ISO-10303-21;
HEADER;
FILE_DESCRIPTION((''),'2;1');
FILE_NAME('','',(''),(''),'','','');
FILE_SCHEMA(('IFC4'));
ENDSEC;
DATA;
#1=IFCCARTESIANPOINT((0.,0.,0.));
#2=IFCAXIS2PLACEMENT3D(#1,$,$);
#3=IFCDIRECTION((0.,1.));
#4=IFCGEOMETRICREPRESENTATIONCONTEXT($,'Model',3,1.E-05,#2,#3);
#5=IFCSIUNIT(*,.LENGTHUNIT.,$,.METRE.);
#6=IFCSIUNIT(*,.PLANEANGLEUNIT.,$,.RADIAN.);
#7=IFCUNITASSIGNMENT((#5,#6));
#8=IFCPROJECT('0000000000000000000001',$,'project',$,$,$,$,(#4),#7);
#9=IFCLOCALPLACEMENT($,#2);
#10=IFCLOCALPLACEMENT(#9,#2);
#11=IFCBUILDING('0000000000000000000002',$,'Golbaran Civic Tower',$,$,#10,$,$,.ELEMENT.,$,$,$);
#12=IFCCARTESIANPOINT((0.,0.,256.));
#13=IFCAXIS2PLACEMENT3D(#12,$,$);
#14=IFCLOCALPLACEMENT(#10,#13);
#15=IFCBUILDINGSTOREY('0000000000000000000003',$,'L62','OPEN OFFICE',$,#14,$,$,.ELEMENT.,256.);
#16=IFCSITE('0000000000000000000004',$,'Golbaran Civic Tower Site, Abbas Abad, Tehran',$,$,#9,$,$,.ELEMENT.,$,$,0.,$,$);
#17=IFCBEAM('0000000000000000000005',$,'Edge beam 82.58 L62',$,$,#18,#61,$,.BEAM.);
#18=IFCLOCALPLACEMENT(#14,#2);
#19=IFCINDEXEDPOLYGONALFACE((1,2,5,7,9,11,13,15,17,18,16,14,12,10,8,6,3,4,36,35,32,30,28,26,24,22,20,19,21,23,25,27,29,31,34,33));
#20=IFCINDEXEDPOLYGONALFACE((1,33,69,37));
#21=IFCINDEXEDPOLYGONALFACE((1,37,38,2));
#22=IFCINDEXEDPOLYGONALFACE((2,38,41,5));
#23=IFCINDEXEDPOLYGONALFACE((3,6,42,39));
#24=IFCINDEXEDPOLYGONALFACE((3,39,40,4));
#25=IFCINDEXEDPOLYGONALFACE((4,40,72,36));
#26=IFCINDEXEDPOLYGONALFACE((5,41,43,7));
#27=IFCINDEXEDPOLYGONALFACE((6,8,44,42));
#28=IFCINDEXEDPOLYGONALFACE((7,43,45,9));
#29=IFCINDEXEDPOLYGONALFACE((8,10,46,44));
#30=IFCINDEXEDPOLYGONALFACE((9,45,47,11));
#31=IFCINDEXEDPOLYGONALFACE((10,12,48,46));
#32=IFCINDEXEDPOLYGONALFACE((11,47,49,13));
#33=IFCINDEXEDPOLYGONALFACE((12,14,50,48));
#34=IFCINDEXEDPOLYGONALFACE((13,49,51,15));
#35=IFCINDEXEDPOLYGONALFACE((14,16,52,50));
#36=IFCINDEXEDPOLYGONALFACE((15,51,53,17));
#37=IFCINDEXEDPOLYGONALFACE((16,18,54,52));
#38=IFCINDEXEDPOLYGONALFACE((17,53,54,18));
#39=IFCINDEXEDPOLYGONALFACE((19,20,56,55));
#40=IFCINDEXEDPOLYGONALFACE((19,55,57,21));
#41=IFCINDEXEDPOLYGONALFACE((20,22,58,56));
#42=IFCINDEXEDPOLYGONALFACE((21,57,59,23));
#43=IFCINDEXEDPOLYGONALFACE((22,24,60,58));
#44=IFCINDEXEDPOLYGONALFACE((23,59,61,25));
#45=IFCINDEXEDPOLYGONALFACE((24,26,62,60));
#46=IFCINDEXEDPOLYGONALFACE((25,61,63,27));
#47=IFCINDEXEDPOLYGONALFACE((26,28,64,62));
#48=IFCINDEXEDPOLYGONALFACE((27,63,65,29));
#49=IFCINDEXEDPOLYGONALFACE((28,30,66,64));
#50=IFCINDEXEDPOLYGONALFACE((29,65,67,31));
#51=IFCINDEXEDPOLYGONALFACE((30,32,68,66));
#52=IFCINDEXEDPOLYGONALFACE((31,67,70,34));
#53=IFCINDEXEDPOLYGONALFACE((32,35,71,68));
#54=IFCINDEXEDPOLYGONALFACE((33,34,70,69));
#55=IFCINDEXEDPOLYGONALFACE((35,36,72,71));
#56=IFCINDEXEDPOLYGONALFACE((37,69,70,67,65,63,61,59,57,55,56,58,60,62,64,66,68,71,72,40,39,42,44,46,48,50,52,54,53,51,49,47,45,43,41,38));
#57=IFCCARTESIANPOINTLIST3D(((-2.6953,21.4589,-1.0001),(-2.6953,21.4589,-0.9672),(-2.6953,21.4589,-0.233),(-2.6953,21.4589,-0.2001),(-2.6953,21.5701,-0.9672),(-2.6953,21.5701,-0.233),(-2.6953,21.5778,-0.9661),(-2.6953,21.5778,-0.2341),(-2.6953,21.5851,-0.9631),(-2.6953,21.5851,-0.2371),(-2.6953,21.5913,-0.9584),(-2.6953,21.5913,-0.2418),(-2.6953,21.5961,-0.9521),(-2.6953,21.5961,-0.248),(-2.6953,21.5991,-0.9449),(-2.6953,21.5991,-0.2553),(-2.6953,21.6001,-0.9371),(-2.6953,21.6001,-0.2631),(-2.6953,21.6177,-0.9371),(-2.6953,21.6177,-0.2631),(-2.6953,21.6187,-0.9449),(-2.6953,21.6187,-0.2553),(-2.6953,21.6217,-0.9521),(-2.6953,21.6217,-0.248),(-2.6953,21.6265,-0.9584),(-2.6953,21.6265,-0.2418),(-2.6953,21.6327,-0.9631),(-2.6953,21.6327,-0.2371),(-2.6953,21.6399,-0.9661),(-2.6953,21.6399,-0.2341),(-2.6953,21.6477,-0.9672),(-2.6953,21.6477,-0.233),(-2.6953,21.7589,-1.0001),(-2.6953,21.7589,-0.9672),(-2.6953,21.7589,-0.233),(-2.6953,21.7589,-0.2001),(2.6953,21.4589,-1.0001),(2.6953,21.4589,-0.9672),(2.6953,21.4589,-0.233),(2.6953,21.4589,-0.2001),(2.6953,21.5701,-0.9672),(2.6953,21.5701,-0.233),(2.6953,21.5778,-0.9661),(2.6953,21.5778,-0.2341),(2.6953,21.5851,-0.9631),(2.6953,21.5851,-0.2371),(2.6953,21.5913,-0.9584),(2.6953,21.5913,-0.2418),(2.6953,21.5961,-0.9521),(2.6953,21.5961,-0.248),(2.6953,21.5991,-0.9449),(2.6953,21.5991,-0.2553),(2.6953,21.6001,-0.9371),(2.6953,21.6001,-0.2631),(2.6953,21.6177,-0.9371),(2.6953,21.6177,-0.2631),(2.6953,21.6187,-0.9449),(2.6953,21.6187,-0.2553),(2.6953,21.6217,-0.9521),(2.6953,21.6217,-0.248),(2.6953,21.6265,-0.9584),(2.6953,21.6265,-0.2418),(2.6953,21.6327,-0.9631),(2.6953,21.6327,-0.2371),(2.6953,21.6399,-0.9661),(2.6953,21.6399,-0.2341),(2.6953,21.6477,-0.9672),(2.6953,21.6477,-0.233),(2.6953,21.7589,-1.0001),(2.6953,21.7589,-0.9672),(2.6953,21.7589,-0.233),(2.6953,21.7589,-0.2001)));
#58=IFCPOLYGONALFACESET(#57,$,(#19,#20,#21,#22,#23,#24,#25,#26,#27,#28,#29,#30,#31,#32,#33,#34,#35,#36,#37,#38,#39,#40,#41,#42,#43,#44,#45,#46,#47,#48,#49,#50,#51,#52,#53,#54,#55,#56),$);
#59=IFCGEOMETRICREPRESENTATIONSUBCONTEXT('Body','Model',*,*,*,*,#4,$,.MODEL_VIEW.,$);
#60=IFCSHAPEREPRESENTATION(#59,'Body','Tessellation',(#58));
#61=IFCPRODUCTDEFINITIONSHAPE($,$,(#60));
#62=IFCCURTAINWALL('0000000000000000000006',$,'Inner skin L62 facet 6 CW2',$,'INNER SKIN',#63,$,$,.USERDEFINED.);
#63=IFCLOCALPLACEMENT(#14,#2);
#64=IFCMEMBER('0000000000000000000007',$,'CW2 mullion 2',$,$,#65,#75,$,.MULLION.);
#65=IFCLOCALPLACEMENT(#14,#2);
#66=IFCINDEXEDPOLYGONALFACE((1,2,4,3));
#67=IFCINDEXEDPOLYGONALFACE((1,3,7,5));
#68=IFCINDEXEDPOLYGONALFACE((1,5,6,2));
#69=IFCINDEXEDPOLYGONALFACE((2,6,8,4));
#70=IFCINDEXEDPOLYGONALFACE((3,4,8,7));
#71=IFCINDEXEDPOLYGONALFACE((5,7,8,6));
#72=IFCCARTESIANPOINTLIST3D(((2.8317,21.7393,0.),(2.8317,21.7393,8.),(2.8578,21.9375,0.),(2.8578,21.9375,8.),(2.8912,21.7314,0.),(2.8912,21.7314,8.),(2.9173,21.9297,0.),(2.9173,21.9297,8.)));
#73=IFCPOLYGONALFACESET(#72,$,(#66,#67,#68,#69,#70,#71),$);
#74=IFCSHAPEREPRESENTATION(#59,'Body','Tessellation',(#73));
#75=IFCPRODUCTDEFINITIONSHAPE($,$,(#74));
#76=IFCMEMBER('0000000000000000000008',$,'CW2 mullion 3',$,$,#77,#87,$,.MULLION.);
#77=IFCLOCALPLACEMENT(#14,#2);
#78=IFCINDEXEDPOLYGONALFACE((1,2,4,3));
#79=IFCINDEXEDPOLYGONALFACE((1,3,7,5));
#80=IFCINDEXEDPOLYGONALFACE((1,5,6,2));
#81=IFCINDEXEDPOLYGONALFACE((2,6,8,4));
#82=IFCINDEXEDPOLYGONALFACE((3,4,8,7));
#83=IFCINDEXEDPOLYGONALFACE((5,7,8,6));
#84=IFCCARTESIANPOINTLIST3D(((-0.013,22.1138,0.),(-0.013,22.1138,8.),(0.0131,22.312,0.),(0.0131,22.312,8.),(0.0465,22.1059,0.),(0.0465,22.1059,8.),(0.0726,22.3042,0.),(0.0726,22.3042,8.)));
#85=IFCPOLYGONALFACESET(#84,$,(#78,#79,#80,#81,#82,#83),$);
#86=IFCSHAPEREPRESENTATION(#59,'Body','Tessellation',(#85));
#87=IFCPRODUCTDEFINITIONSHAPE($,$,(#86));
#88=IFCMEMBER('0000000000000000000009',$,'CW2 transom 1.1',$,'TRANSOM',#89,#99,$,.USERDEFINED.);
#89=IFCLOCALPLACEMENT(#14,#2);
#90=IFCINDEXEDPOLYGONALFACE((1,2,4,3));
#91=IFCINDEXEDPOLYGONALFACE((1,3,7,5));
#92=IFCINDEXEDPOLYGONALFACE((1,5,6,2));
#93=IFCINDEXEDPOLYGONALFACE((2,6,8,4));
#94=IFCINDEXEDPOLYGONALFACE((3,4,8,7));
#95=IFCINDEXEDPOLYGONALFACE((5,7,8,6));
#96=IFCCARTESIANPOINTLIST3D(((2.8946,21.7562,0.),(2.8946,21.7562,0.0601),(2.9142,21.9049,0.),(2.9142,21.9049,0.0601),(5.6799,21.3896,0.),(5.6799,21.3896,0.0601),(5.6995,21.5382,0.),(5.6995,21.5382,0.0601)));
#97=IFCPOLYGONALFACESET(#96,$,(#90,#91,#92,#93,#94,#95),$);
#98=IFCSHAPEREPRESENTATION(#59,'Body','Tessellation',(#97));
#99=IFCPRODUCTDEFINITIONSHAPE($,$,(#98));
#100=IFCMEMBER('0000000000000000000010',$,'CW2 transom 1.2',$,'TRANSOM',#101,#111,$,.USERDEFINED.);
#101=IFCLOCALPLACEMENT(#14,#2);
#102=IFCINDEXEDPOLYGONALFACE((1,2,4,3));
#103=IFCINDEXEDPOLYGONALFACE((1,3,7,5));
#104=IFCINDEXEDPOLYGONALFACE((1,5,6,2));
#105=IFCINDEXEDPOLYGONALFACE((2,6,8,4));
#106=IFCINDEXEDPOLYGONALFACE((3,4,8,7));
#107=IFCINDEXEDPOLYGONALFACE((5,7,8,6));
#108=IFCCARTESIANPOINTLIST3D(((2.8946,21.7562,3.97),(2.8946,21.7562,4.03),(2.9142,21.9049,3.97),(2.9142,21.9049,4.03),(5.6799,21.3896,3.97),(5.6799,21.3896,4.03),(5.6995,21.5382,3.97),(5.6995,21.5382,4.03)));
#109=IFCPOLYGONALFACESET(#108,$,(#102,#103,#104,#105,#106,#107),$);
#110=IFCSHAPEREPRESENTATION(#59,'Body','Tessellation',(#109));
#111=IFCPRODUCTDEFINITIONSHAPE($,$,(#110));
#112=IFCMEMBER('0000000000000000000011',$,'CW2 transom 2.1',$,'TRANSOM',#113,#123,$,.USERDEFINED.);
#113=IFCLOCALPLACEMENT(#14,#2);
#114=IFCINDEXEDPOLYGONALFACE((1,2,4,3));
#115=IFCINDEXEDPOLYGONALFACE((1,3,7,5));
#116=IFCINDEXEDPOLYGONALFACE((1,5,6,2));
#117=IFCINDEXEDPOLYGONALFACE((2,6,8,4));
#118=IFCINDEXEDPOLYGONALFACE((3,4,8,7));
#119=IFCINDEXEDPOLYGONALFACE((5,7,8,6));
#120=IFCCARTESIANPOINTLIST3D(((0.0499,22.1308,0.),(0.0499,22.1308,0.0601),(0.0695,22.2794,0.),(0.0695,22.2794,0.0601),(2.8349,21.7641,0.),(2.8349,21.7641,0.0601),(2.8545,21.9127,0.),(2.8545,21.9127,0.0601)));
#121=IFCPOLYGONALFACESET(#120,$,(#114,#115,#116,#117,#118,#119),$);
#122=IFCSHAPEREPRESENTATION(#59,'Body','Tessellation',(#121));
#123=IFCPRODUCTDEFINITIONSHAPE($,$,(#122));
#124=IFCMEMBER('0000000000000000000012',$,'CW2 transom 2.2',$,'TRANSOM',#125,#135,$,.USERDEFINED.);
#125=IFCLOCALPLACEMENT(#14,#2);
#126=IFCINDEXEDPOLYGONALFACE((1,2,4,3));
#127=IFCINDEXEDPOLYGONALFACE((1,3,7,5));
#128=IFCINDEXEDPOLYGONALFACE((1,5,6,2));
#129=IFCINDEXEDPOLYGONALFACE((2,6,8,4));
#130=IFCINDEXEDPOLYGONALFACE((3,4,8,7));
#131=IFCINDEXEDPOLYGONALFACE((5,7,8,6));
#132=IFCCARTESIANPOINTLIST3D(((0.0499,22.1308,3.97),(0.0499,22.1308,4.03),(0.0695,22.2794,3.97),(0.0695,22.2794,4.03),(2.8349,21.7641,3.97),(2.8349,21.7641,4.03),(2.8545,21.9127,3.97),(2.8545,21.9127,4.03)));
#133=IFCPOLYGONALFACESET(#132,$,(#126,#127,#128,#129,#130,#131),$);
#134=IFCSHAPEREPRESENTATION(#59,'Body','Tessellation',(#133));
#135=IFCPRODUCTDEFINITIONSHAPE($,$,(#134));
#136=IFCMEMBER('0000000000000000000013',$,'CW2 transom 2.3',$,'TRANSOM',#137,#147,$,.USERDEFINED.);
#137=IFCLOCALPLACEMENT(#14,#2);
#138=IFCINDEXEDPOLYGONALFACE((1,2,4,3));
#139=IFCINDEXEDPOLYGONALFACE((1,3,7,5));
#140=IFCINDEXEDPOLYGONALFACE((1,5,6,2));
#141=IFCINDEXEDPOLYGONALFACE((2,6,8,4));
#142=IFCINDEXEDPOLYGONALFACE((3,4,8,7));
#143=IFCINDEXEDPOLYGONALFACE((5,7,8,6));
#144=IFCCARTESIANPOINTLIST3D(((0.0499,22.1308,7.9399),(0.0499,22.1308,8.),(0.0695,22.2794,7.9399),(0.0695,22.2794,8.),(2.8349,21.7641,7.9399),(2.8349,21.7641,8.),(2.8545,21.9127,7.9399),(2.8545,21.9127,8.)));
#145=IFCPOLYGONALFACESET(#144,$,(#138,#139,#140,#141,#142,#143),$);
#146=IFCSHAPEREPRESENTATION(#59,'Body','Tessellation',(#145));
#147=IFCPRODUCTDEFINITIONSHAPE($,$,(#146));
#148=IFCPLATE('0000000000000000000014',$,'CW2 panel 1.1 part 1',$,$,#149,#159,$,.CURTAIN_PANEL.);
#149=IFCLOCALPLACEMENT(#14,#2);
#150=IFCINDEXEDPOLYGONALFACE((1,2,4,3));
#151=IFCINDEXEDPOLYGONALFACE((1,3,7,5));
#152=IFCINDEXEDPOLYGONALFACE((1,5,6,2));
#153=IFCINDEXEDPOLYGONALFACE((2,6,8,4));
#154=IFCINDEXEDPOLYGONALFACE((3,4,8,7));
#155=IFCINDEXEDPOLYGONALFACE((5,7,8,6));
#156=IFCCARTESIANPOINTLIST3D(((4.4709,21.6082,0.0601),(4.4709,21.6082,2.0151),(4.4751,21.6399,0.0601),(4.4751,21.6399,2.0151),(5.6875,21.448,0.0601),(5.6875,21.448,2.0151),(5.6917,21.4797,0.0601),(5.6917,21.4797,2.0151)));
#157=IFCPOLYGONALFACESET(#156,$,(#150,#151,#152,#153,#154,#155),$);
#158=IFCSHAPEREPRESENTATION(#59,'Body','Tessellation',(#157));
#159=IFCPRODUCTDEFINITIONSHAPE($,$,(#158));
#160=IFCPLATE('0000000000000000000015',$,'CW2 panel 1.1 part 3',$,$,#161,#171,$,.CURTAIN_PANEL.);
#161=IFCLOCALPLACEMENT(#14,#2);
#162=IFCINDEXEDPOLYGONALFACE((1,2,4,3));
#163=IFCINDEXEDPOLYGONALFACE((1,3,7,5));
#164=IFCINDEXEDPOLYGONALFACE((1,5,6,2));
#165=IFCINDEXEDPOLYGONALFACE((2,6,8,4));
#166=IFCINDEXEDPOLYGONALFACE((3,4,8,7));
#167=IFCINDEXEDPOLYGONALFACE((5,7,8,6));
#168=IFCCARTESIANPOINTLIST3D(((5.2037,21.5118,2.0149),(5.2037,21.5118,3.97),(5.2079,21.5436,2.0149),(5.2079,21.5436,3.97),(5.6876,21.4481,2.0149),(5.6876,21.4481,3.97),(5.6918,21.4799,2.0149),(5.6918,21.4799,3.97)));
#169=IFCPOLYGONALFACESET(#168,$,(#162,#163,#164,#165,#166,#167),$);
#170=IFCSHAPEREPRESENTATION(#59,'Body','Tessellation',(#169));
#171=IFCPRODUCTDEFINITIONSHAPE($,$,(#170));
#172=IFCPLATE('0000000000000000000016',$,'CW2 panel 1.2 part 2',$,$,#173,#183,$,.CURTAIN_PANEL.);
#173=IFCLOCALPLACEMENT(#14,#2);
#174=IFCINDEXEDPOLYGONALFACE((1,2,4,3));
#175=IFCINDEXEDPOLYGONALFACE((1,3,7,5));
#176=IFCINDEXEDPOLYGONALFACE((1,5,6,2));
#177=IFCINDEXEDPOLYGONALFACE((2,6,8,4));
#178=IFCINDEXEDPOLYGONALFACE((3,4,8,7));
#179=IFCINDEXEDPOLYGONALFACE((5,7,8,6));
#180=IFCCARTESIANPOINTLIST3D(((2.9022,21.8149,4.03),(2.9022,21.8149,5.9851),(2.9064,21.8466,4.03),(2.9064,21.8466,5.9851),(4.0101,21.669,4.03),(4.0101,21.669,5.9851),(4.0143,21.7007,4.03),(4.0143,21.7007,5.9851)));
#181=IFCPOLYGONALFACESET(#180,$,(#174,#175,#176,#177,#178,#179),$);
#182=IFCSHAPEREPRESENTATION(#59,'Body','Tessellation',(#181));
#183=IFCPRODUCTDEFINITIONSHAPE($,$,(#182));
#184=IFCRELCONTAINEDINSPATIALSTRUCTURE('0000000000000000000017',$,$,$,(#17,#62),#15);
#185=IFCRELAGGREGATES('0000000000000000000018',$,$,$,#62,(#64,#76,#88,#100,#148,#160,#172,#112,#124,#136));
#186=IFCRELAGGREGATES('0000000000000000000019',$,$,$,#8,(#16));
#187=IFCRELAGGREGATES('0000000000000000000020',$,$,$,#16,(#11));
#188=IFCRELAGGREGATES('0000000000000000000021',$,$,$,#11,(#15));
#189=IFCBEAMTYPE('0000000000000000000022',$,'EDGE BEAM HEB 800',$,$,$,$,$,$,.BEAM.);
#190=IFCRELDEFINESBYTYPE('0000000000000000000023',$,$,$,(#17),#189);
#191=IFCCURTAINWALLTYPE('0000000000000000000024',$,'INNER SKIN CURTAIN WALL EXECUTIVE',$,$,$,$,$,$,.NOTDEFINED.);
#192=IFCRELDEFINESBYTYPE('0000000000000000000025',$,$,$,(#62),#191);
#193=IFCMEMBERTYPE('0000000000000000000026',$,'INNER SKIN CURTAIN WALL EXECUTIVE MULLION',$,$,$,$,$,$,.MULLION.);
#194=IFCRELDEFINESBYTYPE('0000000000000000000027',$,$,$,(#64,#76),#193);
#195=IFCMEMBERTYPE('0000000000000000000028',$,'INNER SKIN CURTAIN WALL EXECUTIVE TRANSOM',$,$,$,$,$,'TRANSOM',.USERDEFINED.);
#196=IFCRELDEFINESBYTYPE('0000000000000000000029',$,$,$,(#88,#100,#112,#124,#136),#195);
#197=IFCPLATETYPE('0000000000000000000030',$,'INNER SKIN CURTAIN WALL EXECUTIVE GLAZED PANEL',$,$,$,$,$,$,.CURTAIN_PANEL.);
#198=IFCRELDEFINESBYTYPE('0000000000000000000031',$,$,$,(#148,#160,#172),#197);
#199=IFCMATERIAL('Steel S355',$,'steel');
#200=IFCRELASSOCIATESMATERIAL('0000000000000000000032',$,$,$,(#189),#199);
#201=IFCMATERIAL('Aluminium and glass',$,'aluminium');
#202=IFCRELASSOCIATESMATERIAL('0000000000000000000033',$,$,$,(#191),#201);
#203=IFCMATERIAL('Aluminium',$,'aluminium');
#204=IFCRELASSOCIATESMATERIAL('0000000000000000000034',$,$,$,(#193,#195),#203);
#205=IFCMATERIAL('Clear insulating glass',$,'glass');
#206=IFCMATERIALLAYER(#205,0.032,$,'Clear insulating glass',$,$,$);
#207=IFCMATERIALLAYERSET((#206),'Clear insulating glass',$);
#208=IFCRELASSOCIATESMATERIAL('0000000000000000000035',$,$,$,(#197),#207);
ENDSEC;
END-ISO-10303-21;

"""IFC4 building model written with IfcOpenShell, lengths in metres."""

from ifc_helpers import new_model, si_unit, direction, frame, origin, origin_2d, place, context, subcontext, project, spatial, rectangle, i_section, extrude, material, layer, layer_set, material_profile, profile_set, type_object, element, aggregate, save


model = new_model("IFC4")

# Units and contexts
model_context = context("Model", 3, precision=1e-05, world=origin(), true_north=direction((0.0, 1.0)))
body_context = subcontext(model_context, "Body", "Model", "MODEL_VIEW")
ifc_project = project(units=[si_unit("LENGTHUNIT", "METRE"), si_unit("PLANEANGLEUNIT", "RADIAN")], contexts=[model_context])

# Site, building, storey
site_placement = place(None, origin())
site = spatial("IfcSite", under=ifc_project, at=site_placement, Name="Golbaran Civic Tower Site, Abbas Abad, Tehran", CompositionType="ELEMENT", RefElevation=0.0)
building_placement = place(site_placement, origin())
building = spatial("IfcBuilding", under=site, at=building_placement, Name="Golbaran Civic Tower", CompositionType="ELEMENT")
storey_placement = place(building_placement, frame((0.0, 0.0, 256.0)))
storey = spatial("IfcBuildingStorey", under=building, at=storey_placement, Name="L62", Description="OPEN OFFICE", CompositionType="ELEMENT", Elevation=256.0)

# Beam
ifc_material_1 = material(Name="Steel S355", Category="steel")
ifc_material_profile_1 = material_profile(ifc_material_1, i_section(OverallWidth=0.3, OverallDepth=0.8, WebThickness=0.0176, FlangeThickness=0.033, FilletRadius=0.03, at=origin_2d()), Name="HEB 800")
ifc_profile_set_1 = profile_set([ifc_material_profile_1], Name="Steel S355")
beam_type = type_object("IfcBeamType", Name="EDGE BEAM HEB 800", PredefinedType="BEAM", material=ifc_profile_set_1)
beam_placement = place(storey_placement, frame((2.6953, 21.6089, -0.6001), z_axis=(-1.0, 0.0, 0.0), x_axis=(0.0, -1.0, 0.0)))
element("IfcBeam", 1, at=beam_placement, inside=storey, type_object=beam_type, Name="Edge beam 82.58 L62", PredefinedType="BEAM", context=body_context, shape_type="SweptSolid", body=[
    extrude(i_section(OverallWidth=0.3, OverallDepth=0.8, WebThickness=0.0176, FlangeThickness=0.033, FilletRadius=0.03, at=origin_2d()), origin(), (0.0, 0.0, 1.0), 5.3906),
])

# Curtain wall, members, plates
ifc_material_2 = material(Name="Aluminium and glass", Category="aluminium")
curtain_wall_type = type_object("IfcCurtainWallType", Name="INNER SKIN CURTAIN WALL EXECUTIVE", PredefinedType="NOTDEFINED", material=ifc_material_2)
curtain_wall_placement = place(storey_placement, origin())
curtain_wall = element("IfcCurtainWall", 2, at=curtain_wall_placement, inside=storey, type_object=curtain_wall_type, Name="Inner skin L62 facet 6 CW2", ObjectType="INNER SKIN", PredefinedType="USERDEFINED")
ifc_material_3 = material(Name="Aluminium", Category="aluminium")
ifc_material_profile_2 = material_profile(ifc_material_3, rectangle(XDim=0.2, YDim=0.0601, at=origin_2d()), Name="INNER SKIN CURTAIN WALL EXECUTIVE MULLION")
ifc_profile_set_2 = profile_set([ifc_material_profile_2], Name="Aluminium")
member_type_1 = type_object("IfcMemberType", Name="INNER SKIN CURTAIN WALL EXECUTIVE MULLION", PredefinedType="MULLION", material=ifc_profile_set_2)
member_1_placement = place(storey_placement, frame((2.8745, 21.8345, 0.0), z_axis=(0.0, 0.0, 1.0), x_axis=(-0.130526, -0.991445, 0.0)))
member_1 = element("IfcMember", 3, at=member_1_placement, type_object=member_type_1, Name="CW2 mullion 2", PredefinedType="MULLION", context=body_context, shape_type="SweptSolid", body=[
    extrude(rectangle(XDim=0.2, YDim=0.0601, at=origin_2d()), origin(), (0.0, 0.0, 1.0), 8.0),
])
member_2_placement = place(storey_placement, frame((0.0298, 22.209, 0.0), z_axis=(0.0, 0.0, 1.0), x_axis=(-0.130526, -0.991445, 0.0)))
member_2 = element("IfcMember", 4, at=member_2_placement, type_object=member_type_1, Name="CW2 mullion 3", PredefinedType="MULLION", context=body_context, shape_type="SweptSolid", body=[
    extrude(rectangle(XDim=0.2, YDim=0.0601, at=origin_2d()), origin(), (0.0, 0.0, 1.0), 8.0),
])
ifc_material_profile_3 = material_profile(ifc_material_3, rectangle(XDim=0.1499, YDim=0.0601, at=origin_2d()), Name="INNER SKIN CURTAIN WALL EXECUTIVE TRANSOM")
ifc_profile_set_3 = profile_set([ifc_material_profile_3], Name="Aluminium")
member_type_2 = type_object("IfcMemberType", Name="INNER SKIN CURTAIN WALL EXECUTIVE TRANSOM", ElementType="TRANSOM", PredefinedType="USERDEFINED", material=ifc_profile_set_3)
member_3_placement = place(storey_placement, frame((5.6897, 21.4639, 0.03), z_axis=(-0.991445, 0.130524, 0.0), x_axis=(-0.130524, -0.991445, 0.0)))
member_3 = element("IfcMember", 5, at=member_3_placement, type_object=member_type_2, Name="CW2 transom 1.1", ObjectType="TRANSOM", PredefinedType="USERDEFINED", context=body_context, shape_type="SweptSolid", body=[
    extrude(rectangle(XDim=0.1499, YDim=0.0601, at=origin_2d()), origin(), (0.0, 0.0, 1.0), 2.8093),
])
member_4_placement = place(storey_placement, frame((5.6897, 21.4639, 4.0), z_axis=(-0.991445, 0.130524, 0.0), x_axis=(-0.130524, -0.991445, 0.0)))
member_4 = element("IfcMember", 6, at=member_4_placement, type_object=member_type_2, Name="CW2 transom 1.2", ObjectType="TRANSOM", PredefinedType="USERDEFINED", context=body_context, shape_type="SweptSolid", body=[
    extrude(rectangle(XDim=0.1499, YDim=0.0601, at=origin_2d()), origin(), (0.0, 0.0, 1.0), 2.8093),
])
member_5_placement = place(storey_placement, frame((2.8447, 21.8384, 0.03), z_axis=(-0.991444, 0.130535, 0.0), x_axis=(-0.130535, -0.991444, 0.0)))
member_5 = element("IfcMember", 7, at=member_5_placement, type_object=member_type_2, Name="CW2 transom 2.1", ObjectType="TRANSOM", PredefinedType="USERDEFINED", context=body_context, shape_type="SweptSolid", body=[
    extrude(rectangle(XDim=0.1499, YDim=0.0601, at=origin_2d()), origin(), (0.0, 0.0, 1.0), 2.8091),
])
member_6_placement = place(storey_placement, frame((2.8447, 21.8384, 4.0), z_axis=(-0.991444, 0.130535, 0.0), x_axis=(-0.130535, -0.991444, 0.0)))
member_6 = element("IfcMember", 8, at=member_6_placement, type_object=member_type_2, Name="CW2 transom 2.2", ObjectType="TRANSOM", PredefinedType="USERDEFINED", context=body_context, shape_type="SweptSolid", body=[
    extrude(rectangle(XDim=0.1499, YDim=0.0601, at=origin_2d()), origin(), (0.0, 0.0, 1.0), 2.8091),
])
member_7_placement = place(storey_placement, frame((2.8447, 21.8384, 7.97), z_axis=(-0.991444, 0.130535, 0.0), x_axis=(-0.130535, -0.991444, 0.0)))
member_7 = element("IfcMember", 9, at=member_7_placement, type_object=member_type_2, Name="CW2 transom 2.3", ObjectType="TRANSOM", PredefinedType="USERDEFINED", context=body_context, shape_type="SweptSolid", body=[
    extrude(rectangle(XDim=0.1499, YDim=0.0601, at=origin_2d()), origin(), (0.0, 0.0, 1.0), 2.8091),
])
ifc_material_4 = material(Name="Clear insulating glass", Category="glass")
ifc_layer_1 = layer(ifc_material_4, 0.032, Name="Clear insulating glass")
ifc_layer_set_1 = layer_set([ifc_layer_1], Name="Clear insulating glass")
plate_type_1 = type_object("IfcPlateType", Name="INNER SKIN CURTAIN WALL EXECUTIVE GLAZED PANEL", PredefinedType="CURTAIN_PANEL", material=ifc_layer_set_1)
plate_1_placement = place(storey_placement, frame((5.0813, 21.5439, 0.0601), z_axis=(0.0, 0.0, 1.0), x_axis=(-0.991445, 0.130526, 0.0)))
plate_1 = element("IfcPlate", 10, at=plate_1_placement, type_object=plate_type_1, Name="CW2 panel 1.1 part 1", PredefinedType="CURTAIN_PANEL", context=body_context, shape_type="SweptSolid", body=[
    extrude(rectangle(XDim=1.2271, YDim=0.032, at=origin_2d()), origin(), (0.0, 0.0, 1.0), 1.9551),
])
plate_2_placement = place(storey_placement, frame((5.4478, 21.4958, 2.0149), z_axis=(0.0, 0.0, 1.0), x_axis=(-0.991445, 0.130526, 0.0)))
plate_2 = element("IfcPlate", 11, at=plate_2_placement, type_object=plate_type_1, Name="CW2 panel 1.1 part 3", PredefinedType="CURTAIN_PANEL", context=body_context, shape_type="SweptSolid", body=[
    extrude(rectangle(XDim=0.488, YDim=0.032, at=origin_2d()), origin(), (0.0, 0.0, 1.0), 1.9551),
])
plate_3_placement = place(storey_placement, frame((3.4583, 21.7578, 4.03), z_axis=(0.0, 0.0, 1.0), x_axis=(-0.991445, 0.130526, 0.0)))
plate_3 = element("IfcPlate", 12, at=plate_3_placement, type_object=plate_type_1, Name="CW2 panel 1.2 part 2", PredefinedType="CURTAIN_PANEL", context=body_context, shape_type="SweptSolid", body=[
    extrude(rectangle(XDim=1.1174, YDim=0.032, at=origin_2d()), origin(), (0.0, 0.0, 1.0), 1.9551),
])
aggregate(curtain_wall, [member_1, member_2, member_3, member_4, plate_1, plate_2, plate_3, member_5, member_6, member_7])

save(model, "model.ifc")
